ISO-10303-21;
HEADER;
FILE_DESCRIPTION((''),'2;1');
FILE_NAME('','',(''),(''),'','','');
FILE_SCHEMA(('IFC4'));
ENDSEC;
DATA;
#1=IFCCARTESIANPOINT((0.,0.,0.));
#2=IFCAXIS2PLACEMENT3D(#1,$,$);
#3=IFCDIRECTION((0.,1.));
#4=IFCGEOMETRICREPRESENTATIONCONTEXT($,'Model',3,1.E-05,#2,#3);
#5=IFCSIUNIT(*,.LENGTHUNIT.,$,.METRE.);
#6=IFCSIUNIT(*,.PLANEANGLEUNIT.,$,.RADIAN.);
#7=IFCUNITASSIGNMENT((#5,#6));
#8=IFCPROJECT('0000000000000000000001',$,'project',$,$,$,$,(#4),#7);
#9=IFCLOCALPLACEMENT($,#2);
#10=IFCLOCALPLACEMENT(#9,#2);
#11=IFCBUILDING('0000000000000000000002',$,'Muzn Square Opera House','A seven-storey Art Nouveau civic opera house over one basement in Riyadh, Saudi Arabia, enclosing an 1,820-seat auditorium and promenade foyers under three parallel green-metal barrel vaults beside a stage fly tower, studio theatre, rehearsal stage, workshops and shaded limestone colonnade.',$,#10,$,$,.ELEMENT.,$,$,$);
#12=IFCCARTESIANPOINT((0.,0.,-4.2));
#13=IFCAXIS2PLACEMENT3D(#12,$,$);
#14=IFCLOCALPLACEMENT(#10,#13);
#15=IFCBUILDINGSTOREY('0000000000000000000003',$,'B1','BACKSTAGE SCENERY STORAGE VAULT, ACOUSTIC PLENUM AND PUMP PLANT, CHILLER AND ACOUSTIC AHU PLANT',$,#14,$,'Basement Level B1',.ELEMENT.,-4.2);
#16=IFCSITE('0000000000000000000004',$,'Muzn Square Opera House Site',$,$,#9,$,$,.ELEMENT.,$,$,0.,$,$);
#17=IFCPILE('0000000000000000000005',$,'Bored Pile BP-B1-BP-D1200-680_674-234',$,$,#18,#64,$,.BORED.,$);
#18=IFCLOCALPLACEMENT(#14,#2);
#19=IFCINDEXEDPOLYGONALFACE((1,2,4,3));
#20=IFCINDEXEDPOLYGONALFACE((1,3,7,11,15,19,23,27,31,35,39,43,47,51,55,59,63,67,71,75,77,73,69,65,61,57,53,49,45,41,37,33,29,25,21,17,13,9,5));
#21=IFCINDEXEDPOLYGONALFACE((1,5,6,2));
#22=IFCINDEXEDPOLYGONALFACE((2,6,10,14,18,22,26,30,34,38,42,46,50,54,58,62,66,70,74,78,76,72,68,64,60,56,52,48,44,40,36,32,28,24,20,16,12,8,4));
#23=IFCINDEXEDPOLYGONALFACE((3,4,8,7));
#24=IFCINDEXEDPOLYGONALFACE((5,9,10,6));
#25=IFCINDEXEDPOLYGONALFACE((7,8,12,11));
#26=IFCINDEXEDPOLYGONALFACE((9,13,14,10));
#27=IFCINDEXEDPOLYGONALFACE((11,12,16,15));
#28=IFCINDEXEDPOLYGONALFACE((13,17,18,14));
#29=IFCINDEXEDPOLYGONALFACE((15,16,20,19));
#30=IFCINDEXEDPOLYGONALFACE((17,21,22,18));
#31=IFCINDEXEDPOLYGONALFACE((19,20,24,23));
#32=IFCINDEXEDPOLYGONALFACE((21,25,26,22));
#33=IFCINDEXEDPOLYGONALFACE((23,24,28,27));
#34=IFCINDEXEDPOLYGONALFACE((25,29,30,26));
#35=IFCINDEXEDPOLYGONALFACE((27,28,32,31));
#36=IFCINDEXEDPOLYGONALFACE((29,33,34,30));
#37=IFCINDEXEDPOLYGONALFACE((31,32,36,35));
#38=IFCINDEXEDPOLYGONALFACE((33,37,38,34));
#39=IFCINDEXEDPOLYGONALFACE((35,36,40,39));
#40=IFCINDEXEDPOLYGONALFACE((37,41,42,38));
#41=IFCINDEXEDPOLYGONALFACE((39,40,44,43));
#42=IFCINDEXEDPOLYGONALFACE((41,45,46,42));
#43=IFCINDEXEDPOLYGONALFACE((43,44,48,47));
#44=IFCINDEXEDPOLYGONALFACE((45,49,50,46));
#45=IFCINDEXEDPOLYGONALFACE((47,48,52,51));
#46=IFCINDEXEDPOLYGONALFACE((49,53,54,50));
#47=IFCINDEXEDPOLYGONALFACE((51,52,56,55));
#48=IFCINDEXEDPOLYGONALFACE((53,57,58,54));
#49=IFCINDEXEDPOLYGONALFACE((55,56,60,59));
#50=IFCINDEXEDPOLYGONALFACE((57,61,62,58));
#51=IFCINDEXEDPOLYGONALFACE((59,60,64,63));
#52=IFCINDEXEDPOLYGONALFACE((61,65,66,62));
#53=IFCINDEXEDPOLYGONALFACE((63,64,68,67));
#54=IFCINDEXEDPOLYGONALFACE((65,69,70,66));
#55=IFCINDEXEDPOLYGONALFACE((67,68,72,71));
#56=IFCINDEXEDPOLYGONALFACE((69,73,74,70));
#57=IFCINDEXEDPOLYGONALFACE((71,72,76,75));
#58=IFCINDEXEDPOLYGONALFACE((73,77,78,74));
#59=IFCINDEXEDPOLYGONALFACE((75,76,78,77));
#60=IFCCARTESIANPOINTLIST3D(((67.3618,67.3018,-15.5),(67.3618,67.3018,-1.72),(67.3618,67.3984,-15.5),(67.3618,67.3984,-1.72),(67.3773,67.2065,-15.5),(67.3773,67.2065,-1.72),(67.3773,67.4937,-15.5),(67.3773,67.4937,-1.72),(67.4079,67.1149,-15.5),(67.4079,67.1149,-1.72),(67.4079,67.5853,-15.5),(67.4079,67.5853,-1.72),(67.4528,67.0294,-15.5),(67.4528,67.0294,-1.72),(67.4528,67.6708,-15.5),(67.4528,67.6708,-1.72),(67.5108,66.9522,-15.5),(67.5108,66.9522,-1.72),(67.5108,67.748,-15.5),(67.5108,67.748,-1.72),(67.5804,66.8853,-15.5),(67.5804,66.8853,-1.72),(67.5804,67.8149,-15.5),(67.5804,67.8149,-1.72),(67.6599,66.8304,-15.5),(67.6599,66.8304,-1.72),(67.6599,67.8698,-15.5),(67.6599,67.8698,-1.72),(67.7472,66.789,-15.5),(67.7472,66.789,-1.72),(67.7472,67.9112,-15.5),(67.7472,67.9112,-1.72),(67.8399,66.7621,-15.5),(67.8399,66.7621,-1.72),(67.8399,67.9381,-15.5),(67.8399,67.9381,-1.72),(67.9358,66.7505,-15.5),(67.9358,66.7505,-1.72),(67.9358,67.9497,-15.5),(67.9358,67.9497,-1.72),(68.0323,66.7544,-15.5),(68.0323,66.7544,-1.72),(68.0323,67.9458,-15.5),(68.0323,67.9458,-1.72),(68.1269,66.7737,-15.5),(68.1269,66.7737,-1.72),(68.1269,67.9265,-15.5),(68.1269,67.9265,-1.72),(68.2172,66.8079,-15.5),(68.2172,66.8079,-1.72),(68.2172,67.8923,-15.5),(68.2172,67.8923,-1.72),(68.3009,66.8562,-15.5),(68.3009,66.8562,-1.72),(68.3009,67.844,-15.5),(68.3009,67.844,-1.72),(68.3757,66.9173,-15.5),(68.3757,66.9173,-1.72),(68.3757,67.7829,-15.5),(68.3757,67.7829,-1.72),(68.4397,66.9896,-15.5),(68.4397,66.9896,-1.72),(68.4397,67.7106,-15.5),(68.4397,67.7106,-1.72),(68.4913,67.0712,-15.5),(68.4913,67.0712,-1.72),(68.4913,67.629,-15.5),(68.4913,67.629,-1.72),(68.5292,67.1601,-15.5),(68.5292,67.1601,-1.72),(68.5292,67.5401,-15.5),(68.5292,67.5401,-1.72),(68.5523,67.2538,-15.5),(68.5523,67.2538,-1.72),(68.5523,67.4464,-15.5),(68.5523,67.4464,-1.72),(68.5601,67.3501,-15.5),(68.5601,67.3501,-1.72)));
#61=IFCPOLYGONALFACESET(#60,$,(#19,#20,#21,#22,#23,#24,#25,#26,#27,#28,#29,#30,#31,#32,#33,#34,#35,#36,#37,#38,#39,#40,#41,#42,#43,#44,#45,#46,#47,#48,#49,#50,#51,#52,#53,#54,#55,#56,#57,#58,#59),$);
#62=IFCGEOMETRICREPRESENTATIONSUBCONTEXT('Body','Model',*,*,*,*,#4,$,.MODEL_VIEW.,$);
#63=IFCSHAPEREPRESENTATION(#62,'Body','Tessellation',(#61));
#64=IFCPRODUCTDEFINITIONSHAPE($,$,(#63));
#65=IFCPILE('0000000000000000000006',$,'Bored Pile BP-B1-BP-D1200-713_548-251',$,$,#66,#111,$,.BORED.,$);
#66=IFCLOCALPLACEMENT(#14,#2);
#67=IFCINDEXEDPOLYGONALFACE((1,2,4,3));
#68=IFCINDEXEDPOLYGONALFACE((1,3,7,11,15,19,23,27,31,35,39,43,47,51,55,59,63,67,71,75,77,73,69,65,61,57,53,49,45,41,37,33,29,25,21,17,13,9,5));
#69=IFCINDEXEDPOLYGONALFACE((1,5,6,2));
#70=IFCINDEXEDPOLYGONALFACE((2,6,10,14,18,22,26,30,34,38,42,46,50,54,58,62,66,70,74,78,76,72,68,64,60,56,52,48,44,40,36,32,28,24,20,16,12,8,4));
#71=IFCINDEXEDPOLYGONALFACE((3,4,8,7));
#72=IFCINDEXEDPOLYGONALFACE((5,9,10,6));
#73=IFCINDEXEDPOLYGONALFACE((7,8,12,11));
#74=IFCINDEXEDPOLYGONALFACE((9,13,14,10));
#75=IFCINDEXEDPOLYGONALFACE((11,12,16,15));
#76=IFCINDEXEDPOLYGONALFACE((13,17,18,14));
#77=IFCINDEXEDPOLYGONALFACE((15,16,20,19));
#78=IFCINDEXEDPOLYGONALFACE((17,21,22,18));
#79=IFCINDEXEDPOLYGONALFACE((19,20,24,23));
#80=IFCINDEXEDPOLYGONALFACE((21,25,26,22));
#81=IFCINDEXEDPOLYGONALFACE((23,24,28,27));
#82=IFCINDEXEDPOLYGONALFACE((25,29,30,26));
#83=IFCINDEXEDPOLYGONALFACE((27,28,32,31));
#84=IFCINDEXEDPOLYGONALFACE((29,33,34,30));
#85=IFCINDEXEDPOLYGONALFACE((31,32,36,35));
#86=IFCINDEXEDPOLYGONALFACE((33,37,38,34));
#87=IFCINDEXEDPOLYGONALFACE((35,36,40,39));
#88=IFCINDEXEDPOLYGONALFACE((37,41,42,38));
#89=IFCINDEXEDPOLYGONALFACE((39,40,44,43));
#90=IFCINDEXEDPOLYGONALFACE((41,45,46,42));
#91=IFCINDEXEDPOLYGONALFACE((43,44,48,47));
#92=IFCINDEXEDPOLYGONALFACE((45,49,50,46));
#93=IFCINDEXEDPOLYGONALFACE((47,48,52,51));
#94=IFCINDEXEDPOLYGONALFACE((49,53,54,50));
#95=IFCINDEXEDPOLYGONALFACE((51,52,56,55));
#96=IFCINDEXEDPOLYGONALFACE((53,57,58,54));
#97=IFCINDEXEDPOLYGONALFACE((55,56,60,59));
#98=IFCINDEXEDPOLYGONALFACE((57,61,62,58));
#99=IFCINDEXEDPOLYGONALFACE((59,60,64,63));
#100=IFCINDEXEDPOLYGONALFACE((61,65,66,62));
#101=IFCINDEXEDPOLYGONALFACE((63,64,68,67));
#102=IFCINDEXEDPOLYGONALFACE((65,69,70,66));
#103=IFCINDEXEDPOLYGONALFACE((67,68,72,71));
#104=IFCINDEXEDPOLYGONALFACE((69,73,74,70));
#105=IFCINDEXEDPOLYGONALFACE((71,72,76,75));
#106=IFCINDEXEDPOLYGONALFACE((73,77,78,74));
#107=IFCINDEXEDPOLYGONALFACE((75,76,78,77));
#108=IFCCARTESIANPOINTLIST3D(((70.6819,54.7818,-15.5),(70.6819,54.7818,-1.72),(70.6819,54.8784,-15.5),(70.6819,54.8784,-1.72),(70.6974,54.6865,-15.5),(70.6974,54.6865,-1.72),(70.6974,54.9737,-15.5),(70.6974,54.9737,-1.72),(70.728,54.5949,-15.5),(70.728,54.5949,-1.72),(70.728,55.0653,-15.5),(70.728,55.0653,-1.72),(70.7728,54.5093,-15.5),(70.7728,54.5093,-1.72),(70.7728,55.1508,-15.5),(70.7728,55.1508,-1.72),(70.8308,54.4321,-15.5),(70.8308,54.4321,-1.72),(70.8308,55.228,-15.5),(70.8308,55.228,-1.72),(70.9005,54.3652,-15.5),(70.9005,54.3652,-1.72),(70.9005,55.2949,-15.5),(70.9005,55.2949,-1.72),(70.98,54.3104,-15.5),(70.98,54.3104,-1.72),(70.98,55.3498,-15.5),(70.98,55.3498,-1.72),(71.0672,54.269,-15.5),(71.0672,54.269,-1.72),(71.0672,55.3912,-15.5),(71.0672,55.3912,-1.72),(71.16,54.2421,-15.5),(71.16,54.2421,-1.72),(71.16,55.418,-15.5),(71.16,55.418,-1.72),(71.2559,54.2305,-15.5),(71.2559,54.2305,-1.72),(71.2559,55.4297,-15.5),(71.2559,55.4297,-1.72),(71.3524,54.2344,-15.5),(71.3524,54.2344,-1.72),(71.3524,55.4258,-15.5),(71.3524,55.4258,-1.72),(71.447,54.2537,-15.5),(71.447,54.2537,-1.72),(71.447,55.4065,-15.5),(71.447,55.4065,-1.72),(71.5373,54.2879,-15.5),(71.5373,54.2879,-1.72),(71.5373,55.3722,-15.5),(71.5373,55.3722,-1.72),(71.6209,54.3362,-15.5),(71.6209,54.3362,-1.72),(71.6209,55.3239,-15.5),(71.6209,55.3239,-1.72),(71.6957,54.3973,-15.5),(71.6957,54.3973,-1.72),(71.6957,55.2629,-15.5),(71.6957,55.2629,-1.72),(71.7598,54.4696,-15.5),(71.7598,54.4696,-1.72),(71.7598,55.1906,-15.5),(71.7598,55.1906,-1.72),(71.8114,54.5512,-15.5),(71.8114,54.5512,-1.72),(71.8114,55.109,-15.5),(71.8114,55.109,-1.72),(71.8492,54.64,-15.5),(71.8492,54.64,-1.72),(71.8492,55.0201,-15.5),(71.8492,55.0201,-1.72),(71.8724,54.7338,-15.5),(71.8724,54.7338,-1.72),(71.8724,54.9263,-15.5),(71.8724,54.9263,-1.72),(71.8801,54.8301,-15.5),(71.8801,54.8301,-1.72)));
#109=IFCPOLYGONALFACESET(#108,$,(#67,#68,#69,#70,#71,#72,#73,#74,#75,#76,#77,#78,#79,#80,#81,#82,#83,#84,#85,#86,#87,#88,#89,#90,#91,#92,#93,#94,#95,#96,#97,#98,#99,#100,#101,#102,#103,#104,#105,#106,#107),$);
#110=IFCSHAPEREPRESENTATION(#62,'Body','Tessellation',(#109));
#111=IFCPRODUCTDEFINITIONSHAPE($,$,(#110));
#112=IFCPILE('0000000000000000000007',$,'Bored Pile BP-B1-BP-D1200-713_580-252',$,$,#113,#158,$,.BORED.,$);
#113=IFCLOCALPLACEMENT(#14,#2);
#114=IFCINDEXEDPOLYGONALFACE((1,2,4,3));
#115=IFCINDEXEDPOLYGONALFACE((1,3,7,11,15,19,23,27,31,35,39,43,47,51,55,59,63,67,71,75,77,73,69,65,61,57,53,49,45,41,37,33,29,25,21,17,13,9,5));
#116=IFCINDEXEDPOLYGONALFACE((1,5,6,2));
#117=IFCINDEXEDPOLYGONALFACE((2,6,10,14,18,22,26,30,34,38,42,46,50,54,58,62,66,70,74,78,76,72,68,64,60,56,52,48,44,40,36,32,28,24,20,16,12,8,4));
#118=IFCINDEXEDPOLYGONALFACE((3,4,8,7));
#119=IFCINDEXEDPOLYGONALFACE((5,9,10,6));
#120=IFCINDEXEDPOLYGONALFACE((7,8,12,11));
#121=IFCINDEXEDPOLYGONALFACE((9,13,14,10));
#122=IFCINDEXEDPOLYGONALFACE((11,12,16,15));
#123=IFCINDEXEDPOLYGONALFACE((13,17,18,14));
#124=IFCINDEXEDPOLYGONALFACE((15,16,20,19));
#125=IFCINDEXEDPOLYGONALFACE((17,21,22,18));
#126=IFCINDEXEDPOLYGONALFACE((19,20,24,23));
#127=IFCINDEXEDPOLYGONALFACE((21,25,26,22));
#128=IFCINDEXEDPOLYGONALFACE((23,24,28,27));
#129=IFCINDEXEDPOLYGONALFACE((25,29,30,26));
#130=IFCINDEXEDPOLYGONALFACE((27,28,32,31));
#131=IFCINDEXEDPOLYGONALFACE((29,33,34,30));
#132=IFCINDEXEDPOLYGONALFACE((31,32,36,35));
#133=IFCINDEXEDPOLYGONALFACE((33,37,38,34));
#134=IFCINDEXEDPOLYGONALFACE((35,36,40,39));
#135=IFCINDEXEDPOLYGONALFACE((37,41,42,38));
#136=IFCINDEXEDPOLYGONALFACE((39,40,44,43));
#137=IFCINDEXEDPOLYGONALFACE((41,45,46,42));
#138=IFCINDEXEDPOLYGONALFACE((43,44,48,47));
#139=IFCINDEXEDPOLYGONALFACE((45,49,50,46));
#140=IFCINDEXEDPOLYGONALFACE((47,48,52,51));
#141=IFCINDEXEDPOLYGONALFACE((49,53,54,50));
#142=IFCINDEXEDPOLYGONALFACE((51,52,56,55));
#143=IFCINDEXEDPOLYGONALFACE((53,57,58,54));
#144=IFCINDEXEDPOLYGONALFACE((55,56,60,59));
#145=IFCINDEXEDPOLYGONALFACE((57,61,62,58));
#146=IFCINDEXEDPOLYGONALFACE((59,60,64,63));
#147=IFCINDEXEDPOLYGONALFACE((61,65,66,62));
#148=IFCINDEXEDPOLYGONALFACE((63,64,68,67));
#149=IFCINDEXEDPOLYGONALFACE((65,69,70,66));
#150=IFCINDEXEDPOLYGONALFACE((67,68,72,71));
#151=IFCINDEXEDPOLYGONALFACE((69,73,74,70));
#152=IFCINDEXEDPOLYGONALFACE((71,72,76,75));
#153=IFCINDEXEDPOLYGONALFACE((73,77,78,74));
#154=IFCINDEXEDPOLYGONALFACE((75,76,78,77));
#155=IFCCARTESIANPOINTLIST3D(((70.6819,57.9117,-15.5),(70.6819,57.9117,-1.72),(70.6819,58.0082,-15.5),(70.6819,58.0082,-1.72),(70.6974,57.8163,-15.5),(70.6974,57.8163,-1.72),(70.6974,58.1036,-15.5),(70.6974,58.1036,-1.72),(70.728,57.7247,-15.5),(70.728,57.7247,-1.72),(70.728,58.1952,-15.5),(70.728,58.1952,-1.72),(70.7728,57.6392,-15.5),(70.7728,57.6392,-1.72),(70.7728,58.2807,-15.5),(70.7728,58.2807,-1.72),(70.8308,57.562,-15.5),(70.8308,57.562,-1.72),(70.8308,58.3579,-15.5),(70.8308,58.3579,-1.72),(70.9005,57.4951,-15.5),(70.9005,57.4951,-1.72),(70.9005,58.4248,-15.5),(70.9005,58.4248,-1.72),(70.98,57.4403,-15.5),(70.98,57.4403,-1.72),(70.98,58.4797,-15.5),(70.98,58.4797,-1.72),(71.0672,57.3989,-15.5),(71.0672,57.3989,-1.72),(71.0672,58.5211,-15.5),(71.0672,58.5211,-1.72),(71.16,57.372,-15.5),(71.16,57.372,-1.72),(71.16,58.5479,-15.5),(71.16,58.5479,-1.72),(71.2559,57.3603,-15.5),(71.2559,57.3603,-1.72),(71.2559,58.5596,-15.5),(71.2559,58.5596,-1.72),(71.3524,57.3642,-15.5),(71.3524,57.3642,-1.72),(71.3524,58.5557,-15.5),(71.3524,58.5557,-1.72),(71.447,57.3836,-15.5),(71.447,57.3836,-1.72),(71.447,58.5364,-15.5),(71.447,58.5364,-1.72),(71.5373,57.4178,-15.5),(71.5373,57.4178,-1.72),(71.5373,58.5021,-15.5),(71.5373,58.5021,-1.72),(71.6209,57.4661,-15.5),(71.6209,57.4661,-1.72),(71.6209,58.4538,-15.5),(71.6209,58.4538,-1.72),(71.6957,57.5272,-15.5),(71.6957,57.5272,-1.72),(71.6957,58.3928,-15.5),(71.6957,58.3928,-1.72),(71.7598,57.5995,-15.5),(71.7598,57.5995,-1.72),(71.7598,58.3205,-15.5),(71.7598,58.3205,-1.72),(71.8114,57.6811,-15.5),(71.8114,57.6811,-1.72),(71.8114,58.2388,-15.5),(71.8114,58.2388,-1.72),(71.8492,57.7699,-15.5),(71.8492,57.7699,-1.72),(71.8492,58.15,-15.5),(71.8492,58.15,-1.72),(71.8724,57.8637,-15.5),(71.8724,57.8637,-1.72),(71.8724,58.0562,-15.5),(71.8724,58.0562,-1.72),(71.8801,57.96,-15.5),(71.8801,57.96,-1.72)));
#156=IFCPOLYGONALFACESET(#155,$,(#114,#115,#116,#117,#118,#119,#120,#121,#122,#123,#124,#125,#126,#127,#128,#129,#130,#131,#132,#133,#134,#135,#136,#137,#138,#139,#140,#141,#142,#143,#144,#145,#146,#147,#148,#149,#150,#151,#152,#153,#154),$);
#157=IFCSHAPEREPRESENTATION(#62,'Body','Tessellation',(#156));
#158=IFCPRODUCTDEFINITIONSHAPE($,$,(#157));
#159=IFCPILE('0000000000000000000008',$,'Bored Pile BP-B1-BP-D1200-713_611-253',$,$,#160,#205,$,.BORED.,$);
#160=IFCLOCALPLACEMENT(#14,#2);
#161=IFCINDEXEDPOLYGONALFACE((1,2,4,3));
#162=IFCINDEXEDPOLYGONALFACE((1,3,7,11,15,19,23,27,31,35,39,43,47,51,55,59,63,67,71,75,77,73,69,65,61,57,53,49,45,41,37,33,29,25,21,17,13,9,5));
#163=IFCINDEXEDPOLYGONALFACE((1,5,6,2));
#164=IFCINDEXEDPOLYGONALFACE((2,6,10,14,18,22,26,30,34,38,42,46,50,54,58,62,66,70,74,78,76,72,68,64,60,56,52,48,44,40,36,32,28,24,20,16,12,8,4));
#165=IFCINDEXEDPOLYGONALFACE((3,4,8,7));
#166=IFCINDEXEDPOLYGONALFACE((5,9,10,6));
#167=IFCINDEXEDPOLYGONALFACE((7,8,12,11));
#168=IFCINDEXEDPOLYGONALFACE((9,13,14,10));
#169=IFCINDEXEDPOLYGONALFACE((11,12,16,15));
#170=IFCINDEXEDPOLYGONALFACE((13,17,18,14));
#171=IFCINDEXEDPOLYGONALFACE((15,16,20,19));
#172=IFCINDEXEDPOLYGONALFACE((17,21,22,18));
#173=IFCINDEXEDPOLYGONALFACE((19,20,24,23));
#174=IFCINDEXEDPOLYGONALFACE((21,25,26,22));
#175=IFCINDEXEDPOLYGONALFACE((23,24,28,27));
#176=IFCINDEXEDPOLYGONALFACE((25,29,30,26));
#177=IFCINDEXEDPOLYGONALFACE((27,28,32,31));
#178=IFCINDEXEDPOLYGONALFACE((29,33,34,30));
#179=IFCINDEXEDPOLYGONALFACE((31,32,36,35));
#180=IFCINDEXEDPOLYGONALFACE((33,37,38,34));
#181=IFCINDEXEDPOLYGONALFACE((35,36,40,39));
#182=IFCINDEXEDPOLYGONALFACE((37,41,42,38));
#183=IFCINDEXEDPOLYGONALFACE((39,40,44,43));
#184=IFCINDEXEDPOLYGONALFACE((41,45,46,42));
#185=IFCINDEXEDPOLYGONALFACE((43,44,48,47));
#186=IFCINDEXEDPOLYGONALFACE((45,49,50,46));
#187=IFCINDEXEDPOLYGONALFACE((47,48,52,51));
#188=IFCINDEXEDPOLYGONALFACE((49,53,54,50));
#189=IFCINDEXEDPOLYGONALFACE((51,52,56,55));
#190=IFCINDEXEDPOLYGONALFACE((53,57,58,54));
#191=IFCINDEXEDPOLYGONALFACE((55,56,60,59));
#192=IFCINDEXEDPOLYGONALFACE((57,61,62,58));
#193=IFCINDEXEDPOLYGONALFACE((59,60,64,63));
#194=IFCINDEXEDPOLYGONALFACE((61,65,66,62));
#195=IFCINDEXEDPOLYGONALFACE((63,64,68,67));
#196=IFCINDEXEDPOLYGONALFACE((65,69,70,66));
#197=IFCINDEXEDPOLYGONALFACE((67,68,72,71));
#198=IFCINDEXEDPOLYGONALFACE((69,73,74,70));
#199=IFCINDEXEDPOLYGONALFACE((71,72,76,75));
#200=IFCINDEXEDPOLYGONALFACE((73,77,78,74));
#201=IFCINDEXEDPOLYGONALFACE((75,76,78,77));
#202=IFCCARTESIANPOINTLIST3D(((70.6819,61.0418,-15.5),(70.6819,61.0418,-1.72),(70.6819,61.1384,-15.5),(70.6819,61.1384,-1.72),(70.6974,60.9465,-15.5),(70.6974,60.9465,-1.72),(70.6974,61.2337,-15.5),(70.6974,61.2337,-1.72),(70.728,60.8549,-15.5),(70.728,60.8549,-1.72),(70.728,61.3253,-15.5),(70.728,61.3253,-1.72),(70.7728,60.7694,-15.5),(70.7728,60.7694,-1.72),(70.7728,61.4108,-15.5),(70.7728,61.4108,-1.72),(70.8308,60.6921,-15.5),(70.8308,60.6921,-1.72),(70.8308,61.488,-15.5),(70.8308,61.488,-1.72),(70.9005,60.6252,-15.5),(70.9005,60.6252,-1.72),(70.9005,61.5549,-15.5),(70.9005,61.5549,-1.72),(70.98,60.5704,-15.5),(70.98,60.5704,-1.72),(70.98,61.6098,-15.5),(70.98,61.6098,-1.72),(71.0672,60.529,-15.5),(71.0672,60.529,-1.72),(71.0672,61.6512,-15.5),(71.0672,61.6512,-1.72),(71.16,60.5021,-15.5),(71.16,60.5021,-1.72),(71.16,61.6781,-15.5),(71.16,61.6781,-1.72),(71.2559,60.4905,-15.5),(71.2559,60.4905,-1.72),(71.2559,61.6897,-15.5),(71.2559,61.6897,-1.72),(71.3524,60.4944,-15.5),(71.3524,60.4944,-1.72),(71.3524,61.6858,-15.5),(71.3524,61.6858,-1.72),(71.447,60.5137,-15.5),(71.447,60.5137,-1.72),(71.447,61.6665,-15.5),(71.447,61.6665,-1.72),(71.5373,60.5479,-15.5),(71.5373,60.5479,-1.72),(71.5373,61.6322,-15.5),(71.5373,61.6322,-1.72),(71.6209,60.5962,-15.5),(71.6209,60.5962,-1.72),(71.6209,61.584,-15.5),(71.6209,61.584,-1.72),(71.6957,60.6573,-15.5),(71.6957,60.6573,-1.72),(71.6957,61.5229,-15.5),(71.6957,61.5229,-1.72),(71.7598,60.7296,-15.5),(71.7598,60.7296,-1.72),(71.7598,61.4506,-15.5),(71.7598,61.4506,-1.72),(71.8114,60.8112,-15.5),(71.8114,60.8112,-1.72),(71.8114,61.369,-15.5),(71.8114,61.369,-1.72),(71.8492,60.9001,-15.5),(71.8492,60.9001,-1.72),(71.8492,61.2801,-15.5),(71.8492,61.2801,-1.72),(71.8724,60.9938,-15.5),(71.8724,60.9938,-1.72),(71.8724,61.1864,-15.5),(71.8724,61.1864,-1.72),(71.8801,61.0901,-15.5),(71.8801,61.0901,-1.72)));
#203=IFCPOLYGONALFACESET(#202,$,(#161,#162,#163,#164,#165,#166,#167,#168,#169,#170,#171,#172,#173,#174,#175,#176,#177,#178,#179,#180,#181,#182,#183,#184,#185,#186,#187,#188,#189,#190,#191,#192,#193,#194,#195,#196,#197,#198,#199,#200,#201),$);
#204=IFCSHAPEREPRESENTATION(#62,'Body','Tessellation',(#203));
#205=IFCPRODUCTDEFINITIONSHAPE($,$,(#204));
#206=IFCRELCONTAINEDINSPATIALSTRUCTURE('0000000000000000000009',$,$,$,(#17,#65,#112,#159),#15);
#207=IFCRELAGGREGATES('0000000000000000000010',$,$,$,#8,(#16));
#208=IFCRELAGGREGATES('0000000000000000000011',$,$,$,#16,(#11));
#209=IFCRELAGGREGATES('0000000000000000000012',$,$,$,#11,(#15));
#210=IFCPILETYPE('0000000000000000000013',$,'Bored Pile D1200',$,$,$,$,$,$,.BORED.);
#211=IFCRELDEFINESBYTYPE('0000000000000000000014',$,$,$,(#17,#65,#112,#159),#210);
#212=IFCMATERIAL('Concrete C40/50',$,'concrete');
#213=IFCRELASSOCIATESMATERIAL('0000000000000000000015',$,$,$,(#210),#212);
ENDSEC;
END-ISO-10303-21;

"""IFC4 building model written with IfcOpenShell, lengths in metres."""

from ifc_helpers import new_model, si_unit, direction, frame, origin, origin_2d, place, context, subcontext, project, spatial, circle, extrude, material, material_profile, profile_set, type_object, element, save


model = new_model("IFC4")

# Units and contexts
model_context = context("Model", 3, precision=1e-05, world=origin(), true_north=direction((0.0, 1.0)))
body_context = subcontext(model_context, "Body", "Model", "MODEL_VIEW")
ifc_project = project(units=[si_unit("LENGTHUNIT", "METRE"), si_unit("PLANEANGLEUNIT", "RADIAN")], contexts=[model_context])

# Site, building, storey
site_placement = place(None, origin())
site = spatial("IfcSite", under=ifc_project, at=site_placement, Name="Muzn Square Opera House Site", CompositionType="ELEMENT", RefElevation=0.0)
building_placement = place(site_placement, origin())
building = spatial("IfcBuilding", under=site, at=building_placement, Name="Muzn Square Opera House", Description="A seven-storey Art Nouveau civic opera house over one basement in Riyadh, Saudi Arabia, enclosing an 1,820-seat auditorium and promenade foyers under three parallel green-metal barrel vaults beside a stage fly tower, studio theatre, rehearsal stage, workshops and shaded limestone colonnade.", CompositionType="ELEMENT")
storey_placement = place(building_placement, frame((0.0, 0.0, -4.2)))
storey = spatial("IfcBuildingStorey", under=building, at=storey_placement, Name="B1", Description="BACKSTAGE SCENERY STORAGE VAULT, ACOUSTIC PLENUM AND PUMP PLANT, CHILLER AND ACOUSTIC AHU PLANT", LongName="Basement Level B1", CompositionType="ELEMENT", Elevation=-4.2)

# Piles
ifc_material_1 = material(Name="Concrete C40/50", Category="concrete")
ifc_material_profile_1 = material_profile(ifc_material_1, circle(Radius=0.6001, at=origin_2d()), Name="BORED PILE D1200", Category="concrete")
ifc_profile_set_1 = profile_set([ifc_material_profile_1], Name="Concrete C40/50")
pile_type = type_object("IfcPileType", Name="Bored Pile D1200", PredefinedType="BORED", material=ifc_profile_set_1)
for number, where, z_axis, x_axis, name in (
    (1, (67.96, 67.3501, -1.72), (0.0, 0.0, -1.0), (1.0, 0.0, 0.0), "Bored Pile BP-B1-BP-D1200-680_674-234"),
    (2, (71.28, 54.8301, -1.72), (0.0, 0.0, -1.0), (1.0, 0.0, 0.0), "Bored Pile BP-B1-BP-D1200-713_548-251"),
    (3, (71.28, 57.96, -1.72), (0.0, 0.0, -1.0), (1.0, 0.0, 0.0), "Bored Pile BP-B1-BP-D1200-713_580-252"),
    (4, (71.28, 61.0901, -1.72), (0.0, 0.0, -1.0), (1.0, 0.0, 0.0), "Bored Pile BP-B1-BP-D1200-713_611-253"),
):
    element("IfcPile", number, at=place(storey_placement, frame(where, z_axis=z_axis, x_axis=x_axis)), inside=storey, type_object=pile_type, Name=name, PredefinedType="BORED", context=body_context, shape_type="SweptSolid", body=[
        extrude(circle(Radius=0.6001, at=origin_2d()), origin(), (0.0, 0.0, 1.0), 13.78),
    ])

save(model, "model.ifc")
